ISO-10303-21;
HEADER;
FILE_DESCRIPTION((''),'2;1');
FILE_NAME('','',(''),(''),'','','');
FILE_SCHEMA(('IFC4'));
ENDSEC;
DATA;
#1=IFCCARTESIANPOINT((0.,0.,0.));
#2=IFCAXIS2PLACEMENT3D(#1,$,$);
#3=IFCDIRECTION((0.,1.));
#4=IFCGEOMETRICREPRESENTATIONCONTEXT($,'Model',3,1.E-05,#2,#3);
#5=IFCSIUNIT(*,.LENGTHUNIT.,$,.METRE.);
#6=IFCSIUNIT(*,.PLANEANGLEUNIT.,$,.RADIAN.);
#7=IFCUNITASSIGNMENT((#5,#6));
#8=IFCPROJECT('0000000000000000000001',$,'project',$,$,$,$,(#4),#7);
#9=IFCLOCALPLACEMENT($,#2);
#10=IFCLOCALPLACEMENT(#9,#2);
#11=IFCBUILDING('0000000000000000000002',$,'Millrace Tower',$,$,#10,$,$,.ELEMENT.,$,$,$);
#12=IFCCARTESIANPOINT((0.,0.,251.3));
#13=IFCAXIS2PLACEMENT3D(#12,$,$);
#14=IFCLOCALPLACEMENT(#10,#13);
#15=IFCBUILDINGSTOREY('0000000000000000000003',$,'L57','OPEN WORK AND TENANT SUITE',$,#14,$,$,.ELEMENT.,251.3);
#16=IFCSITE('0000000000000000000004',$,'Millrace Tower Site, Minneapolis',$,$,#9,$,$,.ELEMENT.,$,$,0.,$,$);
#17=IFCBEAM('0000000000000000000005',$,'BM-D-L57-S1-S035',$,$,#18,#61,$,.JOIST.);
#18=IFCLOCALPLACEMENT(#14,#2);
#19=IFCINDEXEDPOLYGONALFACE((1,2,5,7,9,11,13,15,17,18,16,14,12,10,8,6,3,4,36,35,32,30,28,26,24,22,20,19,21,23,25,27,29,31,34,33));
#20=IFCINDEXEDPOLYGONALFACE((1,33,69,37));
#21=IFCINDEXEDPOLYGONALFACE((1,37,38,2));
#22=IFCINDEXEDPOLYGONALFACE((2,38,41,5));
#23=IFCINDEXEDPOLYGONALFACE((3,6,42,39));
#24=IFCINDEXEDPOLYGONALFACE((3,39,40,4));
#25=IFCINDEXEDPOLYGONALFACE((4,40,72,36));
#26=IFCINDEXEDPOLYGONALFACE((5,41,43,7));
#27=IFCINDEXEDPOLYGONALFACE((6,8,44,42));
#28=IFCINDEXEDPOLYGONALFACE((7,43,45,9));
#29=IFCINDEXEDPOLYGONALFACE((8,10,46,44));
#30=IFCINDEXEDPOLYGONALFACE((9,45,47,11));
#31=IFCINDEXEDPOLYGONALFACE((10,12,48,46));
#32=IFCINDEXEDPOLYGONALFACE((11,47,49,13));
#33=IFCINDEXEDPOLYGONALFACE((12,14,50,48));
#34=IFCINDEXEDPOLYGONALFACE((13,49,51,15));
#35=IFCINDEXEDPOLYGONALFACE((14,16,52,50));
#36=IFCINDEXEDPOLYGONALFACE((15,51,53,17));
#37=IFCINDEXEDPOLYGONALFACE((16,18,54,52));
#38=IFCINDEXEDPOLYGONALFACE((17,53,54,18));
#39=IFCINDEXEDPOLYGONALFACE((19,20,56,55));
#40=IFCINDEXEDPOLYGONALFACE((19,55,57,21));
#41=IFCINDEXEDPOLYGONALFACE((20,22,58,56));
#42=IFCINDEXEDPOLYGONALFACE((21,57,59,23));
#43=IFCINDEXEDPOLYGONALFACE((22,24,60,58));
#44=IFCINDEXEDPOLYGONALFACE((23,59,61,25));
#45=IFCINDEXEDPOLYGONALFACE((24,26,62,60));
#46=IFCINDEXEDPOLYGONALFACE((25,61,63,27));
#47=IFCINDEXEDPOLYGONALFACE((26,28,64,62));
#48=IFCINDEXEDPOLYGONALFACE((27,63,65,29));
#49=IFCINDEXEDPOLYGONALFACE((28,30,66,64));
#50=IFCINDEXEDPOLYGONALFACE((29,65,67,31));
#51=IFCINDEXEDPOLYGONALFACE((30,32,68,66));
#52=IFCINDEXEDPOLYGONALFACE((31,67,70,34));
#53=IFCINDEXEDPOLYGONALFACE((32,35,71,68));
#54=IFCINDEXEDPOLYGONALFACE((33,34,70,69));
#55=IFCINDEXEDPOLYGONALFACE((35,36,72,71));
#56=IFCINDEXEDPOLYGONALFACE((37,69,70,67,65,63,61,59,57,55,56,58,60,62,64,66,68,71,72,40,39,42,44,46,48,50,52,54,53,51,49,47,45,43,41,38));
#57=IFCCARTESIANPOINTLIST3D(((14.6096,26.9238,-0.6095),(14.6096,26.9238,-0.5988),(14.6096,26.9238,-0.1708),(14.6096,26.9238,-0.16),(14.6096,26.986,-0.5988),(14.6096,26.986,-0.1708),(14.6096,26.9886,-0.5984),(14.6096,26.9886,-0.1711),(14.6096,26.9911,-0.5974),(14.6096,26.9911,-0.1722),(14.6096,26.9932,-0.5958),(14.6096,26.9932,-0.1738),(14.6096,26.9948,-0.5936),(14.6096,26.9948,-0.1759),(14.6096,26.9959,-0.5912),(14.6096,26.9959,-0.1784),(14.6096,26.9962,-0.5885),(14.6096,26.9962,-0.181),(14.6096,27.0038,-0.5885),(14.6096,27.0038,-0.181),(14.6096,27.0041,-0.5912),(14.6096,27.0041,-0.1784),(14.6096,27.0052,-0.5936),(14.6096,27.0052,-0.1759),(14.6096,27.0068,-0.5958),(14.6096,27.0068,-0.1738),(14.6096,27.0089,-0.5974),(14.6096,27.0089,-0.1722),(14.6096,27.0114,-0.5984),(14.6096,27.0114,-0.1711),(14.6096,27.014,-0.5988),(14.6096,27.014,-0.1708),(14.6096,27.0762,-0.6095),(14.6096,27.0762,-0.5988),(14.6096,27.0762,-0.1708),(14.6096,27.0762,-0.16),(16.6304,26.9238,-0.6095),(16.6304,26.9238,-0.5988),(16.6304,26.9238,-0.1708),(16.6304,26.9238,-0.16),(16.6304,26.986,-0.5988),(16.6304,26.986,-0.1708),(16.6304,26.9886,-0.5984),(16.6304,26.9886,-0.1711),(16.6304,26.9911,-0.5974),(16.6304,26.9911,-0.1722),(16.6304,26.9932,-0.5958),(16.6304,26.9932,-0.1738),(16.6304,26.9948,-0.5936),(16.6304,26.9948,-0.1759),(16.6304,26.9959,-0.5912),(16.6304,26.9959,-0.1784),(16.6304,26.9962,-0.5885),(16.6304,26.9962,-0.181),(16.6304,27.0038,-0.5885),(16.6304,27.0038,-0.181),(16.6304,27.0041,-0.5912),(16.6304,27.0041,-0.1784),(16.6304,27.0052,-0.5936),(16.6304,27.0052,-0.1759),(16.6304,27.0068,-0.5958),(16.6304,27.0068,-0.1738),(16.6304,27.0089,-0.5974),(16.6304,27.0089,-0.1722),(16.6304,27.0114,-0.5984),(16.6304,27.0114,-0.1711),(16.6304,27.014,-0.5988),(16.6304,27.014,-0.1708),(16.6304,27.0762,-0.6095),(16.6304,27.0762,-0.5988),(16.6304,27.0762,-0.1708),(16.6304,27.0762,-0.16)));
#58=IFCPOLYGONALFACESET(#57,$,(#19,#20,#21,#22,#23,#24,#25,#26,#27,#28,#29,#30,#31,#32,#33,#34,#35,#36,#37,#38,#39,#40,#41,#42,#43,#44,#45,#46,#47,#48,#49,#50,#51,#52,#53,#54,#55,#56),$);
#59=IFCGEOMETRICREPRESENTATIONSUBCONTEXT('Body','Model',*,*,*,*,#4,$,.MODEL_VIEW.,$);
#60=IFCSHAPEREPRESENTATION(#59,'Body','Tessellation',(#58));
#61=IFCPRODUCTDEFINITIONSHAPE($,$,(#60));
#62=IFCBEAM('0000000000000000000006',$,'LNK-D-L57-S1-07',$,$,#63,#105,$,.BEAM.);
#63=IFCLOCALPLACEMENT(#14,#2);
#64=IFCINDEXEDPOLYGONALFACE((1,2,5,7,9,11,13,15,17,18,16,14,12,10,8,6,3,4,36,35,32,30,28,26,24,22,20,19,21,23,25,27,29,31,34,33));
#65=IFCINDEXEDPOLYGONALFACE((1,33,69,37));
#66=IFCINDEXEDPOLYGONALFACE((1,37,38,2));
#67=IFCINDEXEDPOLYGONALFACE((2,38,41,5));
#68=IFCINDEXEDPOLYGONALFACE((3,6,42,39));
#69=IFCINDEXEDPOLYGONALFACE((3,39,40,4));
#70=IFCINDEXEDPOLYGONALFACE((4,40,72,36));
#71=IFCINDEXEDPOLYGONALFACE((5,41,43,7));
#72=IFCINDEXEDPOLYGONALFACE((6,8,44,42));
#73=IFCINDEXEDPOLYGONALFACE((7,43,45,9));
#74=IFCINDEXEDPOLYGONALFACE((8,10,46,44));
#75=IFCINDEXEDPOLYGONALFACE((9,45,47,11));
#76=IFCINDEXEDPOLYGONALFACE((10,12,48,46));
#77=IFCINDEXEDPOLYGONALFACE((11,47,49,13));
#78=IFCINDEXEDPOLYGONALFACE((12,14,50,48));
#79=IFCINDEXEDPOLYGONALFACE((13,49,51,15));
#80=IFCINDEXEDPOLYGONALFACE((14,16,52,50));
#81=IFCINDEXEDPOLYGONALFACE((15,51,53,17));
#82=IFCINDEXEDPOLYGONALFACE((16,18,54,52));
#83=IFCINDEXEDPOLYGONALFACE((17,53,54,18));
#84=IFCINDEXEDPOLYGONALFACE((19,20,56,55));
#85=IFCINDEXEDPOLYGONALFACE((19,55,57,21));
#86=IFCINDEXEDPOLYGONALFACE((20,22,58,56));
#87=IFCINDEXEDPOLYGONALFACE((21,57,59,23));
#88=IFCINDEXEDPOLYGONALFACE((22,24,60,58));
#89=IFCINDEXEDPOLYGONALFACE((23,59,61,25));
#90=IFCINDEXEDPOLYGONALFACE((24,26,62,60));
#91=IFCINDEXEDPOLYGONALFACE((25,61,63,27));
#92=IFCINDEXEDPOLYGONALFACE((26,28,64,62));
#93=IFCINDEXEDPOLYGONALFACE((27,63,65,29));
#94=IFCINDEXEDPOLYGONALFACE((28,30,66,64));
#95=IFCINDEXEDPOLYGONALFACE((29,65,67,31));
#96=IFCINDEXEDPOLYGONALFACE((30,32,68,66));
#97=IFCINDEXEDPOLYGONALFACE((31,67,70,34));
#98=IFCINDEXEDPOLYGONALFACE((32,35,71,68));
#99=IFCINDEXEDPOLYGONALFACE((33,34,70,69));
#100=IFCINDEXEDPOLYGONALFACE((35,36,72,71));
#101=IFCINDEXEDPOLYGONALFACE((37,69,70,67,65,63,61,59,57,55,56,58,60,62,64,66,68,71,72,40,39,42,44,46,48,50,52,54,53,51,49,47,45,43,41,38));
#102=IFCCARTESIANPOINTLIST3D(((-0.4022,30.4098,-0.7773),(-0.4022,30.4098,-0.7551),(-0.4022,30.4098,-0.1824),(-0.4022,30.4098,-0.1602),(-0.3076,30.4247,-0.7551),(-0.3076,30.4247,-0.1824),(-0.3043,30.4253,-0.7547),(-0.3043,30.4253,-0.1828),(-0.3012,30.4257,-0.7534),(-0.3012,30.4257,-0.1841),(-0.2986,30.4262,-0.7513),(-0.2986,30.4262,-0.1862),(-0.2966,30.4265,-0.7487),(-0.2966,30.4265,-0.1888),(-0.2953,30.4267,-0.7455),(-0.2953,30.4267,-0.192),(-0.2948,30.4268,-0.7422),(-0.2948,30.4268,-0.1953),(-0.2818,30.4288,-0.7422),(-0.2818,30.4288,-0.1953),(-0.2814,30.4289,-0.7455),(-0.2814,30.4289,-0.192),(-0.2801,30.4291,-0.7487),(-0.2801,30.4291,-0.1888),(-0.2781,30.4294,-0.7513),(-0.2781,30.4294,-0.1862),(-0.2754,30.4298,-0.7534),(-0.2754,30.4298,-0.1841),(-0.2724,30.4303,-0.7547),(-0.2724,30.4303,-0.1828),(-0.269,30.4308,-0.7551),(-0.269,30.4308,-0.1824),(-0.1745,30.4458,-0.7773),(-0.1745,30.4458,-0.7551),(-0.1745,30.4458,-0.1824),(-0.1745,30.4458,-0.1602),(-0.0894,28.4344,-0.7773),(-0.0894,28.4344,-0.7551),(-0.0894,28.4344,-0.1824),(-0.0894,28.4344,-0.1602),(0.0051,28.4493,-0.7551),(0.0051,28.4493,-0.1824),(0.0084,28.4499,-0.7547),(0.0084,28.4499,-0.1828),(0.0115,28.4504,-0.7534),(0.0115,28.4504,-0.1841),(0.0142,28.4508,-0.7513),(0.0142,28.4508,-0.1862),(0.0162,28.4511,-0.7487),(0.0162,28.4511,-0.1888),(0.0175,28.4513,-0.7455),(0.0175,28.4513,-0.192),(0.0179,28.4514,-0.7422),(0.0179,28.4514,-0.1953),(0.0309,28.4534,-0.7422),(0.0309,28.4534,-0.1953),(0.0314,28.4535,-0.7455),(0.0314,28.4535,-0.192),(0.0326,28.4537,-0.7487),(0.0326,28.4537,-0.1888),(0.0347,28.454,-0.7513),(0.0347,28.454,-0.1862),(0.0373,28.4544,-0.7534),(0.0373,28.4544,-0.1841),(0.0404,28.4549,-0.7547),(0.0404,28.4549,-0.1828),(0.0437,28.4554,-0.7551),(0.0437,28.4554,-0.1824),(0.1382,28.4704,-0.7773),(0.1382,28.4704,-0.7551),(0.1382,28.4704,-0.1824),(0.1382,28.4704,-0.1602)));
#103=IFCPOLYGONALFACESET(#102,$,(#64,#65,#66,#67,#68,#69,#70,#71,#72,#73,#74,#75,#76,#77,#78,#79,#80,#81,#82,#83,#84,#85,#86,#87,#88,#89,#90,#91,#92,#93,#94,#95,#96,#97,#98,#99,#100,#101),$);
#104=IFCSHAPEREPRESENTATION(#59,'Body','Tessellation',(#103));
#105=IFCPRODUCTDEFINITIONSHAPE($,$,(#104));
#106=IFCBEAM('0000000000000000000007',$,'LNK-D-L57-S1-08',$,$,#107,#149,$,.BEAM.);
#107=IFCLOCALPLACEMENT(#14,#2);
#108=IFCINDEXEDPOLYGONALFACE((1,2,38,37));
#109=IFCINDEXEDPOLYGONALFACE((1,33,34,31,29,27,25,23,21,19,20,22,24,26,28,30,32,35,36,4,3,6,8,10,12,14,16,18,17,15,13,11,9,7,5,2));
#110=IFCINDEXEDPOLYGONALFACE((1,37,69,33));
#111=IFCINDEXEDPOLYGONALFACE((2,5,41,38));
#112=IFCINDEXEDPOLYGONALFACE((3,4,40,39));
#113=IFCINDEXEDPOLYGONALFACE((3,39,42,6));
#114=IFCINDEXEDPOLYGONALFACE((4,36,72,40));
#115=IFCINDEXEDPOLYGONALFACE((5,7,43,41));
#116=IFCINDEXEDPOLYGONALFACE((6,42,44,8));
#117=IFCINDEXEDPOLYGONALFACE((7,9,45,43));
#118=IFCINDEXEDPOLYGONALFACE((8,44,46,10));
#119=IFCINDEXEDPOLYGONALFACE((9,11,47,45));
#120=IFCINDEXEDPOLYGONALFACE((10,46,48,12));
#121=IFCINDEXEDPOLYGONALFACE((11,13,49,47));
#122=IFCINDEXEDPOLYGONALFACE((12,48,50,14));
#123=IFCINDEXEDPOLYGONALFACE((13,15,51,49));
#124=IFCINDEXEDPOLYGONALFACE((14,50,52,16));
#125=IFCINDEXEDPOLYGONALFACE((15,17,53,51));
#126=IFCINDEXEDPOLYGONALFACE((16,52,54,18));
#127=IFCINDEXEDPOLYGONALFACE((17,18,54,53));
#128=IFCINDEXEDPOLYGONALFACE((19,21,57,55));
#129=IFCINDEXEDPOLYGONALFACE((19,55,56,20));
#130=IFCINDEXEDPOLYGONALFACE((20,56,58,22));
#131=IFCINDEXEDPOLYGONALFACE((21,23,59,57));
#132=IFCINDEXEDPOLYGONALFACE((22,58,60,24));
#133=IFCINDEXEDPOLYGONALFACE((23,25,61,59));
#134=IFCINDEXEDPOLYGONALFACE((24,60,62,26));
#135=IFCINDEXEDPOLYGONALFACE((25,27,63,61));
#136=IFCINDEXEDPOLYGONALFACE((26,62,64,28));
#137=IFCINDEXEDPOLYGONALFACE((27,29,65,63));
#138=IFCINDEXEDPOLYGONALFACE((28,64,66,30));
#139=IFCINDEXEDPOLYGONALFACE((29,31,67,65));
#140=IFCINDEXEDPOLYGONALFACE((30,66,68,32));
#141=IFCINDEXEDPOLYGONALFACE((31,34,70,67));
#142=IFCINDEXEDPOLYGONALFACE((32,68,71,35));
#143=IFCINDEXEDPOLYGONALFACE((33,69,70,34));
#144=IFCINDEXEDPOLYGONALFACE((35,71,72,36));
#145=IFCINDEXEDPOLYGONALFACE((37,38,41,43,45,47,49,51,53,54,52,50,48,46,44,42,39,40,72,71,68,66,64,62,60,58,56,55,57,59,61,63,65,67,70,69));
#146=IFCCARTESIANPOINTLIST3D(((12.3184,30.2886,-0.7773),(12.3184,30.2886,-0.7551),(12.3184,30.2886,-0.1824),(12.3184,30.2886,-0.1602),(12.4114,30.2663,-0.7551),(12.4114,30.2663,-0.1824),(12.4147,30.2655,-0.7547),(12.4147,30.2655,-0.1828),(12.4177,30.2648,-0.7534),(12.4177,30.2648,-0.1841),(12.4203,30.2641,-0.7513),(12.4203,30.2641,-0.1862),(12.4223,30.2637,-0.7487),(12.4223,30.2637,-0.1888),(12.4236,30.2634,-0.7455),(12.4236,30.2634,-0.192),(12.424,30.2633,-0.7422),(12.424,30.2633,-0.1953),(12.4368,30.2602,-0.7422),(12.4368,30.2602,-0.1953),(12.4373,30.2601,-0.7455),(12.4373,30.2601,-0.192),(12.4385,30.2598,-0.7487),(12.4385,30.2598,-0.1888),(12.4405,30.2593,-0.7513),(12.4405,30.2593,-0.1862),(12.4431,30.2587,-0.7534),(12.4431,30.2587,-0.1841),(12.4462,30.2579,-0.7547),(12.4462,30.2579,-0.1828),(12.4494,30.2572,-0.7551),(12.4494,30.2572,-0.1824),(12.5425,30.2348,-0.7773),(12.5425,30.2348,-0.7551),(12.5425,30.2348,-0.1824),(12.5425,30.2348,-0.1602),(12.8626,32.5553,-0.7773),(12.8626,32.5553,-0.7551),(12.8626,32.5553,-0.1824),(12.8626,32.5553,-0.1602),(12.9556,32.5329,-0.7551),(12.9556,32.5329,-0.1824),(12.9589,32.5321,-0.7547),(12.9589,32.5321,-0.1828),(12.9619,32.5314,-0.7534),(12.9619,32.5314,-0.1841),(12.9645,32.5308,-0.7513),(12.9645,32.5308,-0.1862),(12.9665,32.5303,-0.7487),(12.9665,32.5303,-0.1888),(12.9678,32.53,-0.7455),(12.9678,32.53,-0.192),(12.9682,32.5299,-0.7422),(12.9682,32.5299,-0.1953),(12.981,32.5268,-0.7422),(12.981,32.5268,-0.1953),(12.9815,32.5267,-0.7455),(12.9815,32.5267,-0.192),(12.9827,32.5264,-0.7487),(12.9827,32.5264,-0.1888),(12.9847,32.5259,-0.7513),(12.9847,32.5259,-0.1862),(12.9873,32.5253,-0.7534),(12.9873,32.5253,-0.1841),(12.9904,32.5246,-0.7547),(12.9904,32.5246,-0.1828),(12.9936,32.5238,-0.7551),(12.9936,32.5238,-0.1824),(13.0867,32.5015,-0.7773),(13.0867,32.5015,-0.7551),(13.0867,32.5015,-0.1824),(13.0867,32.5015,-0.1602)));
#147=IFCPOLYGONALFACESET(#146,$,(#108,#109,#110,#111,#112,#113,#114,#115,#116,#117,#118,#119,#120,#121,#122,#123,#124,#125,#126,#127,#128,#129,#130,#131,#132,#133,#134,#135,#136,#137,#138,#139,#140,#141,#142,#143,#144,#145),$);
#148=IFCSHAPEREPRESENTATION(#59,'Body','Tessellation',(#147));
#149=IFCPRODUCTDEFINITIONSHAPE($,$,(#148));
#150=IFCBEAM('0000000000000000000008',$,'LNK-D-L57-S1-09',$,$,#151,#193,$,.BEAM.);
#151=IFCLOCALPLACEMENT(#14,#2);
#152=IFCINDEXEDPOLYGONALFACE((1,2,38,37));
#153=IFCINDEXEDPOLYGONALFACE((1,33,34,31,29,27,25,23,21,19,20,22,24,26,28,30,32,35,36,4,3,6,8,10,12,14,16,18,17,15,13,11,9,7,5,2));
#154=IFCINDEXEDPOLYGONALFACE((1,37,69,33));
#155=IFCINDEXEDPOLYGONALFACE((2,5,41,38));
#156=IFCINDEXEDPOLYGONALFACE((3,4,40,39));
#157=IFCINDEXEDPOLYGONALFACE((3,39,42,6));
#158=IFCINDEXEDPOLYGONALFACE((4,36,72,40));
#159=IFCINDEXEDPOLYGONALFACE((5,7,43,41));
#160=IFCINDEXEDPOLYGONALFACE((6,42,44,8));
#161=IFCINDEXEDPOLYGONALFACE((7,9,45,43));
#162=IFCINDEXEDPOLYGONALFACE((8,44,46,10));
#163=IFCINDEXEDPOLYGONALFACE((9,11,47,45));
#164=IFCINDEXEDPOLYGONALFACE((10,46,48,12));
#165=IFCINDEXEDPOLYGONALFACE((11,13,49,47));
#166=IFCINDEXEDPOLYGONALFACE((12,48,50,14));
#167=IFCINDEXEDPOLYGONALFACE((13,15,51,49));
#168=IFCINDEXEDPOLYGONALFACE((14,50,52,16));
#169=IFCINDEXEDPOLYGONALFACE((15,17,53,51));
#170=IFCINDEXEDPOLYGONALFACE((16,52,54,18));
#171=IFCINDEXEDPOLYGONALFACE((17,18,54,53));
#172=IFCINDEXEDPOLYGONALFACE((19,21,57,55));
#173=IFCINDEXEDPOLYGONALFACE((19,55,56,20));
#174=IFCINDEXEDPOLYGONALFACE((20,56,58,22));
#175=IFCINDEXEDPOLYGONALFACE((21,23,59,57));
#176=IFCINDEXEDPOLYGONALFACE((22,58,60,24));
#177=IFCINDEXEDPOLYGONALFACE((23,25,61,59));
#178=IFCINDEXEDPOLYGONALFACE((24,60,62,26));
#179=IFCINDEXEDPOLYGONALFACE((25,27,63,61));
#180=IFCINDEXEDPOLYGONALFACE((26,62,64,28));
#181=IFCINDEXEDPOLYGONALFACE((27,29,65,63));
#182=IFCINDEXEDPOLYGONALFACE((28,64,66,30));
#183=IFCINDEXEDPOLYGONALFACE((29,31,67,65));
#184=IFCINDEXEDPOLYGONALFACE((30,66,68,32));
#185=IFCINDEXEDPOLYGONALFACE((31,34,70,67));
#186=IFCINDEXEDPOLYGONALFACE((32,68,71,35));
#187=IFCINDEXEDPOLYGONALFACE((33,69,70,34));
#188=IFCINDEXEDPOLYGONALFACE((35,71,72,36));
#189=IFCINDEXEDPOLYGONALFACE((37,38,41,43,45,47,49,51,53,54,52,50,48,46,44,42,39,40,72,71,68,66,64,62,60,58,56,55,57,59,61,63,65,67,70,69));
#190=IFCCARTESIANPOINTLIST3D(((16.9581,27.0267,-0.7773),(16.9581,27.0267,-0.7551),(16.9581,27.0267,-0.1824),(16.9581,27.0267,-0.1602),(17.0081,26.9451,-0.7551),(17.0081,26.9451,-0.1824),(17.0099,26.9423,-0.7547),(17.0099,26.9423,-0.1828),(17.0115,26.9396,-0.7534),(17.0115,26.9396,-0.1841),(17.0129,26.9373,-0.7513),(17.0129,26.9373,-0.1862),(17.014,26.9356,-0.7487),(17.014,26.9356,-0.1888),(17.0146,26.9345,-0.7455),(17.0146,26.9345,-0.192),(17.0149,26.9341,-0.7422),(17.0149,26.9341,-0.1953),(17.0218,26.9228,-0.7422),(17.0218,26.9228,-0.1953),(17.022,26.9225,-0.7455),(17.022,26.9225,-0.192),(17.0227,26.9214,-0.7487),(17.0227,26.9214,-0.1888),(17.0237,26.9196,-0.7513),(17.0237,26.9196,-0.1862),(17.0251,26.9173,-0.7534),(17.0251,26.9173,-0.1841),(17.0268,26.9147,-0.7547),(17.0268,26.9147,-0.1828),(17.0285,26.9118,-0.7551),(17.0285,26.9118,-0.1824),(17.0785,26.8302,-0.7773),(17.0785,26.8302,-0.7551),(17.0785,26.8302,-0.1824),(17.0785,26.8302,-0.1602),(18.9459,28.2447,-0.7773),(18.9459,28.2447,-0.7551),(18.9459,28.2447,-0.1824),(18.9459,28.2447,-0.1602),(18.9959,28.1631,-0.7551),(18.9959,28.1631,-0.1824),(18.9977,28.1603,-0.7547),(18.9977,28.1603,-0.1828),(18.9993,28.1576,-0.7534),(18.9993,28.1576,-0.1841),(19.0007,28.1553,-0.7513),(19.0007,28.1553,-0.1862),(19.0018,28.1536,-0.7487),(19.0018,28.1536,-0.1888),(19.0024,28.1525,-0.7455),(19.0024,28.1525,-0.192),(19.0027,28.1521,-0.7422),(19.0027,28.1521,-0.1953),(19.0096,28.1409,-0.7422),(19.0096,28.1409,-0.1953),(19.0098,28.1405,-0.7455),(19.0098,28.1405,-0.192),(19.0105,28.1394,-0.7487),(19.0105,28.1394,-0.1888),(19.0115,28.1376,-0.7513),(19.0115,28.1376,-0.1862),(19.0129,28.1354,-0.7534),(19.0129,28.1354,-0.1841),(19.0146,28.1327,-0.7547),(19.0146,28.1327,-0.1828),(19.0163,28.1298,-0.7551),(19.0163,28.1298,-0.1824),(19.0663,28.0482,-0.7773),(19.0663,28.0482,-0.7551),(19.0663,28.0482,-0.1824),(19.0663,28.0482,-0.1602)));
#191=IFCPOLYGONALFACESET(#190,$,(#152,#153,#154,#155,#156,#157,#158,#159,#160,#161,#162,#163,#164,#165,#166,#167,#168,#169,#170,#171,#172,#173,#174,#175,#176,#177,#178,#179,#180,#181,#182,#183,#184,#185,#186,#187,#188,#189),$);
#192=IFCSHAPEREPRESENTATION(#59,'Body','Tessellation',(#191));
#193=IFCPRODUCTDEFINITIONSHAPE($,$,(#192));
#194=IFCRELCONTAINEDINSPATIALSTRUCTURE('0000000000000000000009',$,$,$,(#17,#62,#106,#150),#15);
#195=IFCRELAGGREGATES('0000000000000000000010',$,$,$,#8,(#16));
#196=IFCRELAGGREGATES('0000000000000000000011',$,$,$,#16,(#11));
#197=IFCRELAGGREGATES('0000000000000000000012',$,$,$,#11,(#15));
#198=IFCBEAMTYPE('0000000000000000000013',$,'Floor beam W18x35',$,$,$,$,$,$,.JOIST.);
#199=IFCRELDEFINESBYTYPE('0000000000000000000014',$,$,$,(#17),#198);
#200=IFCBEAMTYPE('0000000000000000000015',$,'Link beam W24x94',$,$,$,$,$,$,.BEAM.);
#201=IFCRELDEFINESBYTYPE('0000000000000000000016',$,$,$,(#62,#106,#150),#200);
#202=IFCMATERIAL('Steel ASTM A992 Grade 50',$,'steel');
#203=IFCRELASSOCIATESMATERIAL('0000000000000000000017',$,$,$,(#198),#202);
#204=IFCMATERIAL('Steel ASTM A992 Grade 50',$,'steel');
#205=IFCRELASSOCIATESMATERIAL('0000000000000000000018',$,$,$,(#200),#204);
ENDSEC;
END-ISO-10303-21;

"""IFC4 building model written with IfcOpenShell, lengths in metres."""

from ifc_helpers import new_model, si_unit, direction, frame, origin, origin_2d, place, context, subcontext, project, spatial, i_section, extrude, material, material_profile, profile_set, type_object, element, save


model = new_model("IFC4")

# Units and contexts
model_context = context("Model", 3, precision=1e-05, world=origin(), true_north=direction((0.0, 1.0)))
body_context = subcontext(model_context, "Body", "Model", "MODEL_VIEW")
ifc_project = project(units=[si_unit("LENGTHUNIT", "METRE"), si_unit("PLANEANGLEUNIT", "RADIAN")], contexts=[model_context])

# Site, building, storey
site_placement = place(None, origin())
site = spatial("IfcSite", under=ifc_project, at=site_placement, Name="Millrace Tower Site, Minneapolis", CompositionType="ELEMENT", RefElevation=0.0)
building_placement = place(site_placement, origin())
building = spatial("IfcBuilding", under=site, at=building_placement, Name="Millrace Tower", CompositionType="ELEMENT")
storey_placement = place(building_placement, frame((0.0, 0.0, 251.3)))
storey = spatial("IfcBuildingStorey", under=building, at=storey_placement, Name="L57", Description="OPEN WORK AND TENANT SUITE", CompositionType="ELEMENT", Elevation=251.3)

# Beams
ifc_material_1 = material(Name="Steel ASTM A992 Grade 50", Category="steel")
ifc_material_profile_1 = material_profile(ifc_material_1, i_section(OverallWidth=0.1523, OverallDepth=0.4495, WebThickness=0.0076, FlangeThickness=0.0107, FilletRadius=0.0103, at=origin_2d()))
ifc_profile_set_1 = profile_set([ifc_material_profile_1], Name="Steel ASTM A992 Grade 50")
beam_type_1 = type_object("IfcBeamType", Name="Floor beam W18x35", PredefinedType="JOIST", material=ifc_profile_set_1)
beam_1_placement = place(storey_placement, frame((14.6096, 27.0, -0.3848), z_axis=(1.0, 0.0, 0.0), x_axis=(0.0, 1.0, 0.0)))
element("IfcBeam", 1, at=beam_1_placement, inside=storey, type_object=beam_type_1, Name="BM-D-L57-S1-S035", PredefinedType="JOIST", context=body_context, shape_type="SweptSolid", body=[
    extrude(i_section(OverallWidth=0.1523, OverallDepth=0.4495, WebThickness=0.0076, FlangeThickness=0.0107, FilletRadius=0.0103, at=origin_2d()), origin(), (0.0, 0.0, 1.0), 2.0208),
])
ifc_material_2 = material(Name="Steel ASTM A992 Grade 50", Category="steel")
ifc_material_profile_2 = material_profile(ifc_material_2, i_section(OverallWidth=0.2305, OverallDepth=0.6172, WebThickness=0.0132, FlangeThickness=0.0222, FilletRadius=0.0129, at=origin_2d()))
ifc_profile_set_2 = profile_set([ifc_material_profile_2], Name="Steel ASTM A992 Grade 50")
beam_type_2 = type_object("IfcBeamType", Name="Link beam W24x94", PredefinedType="BEAM", material=ifc_profile_set_2)
beam_2_placement = place(storey_placement, frame((0.0244, 28.4524, -0.4688), z_axis=(-0.156376, 0.987698, 0.0), x_axis=(-0.987698, -0.156376, 0.0)))
element("IfcBeam", 2, at=beam_2_placement, inside=storey, type_object=beam_type_2, Name="LNK-D-L57-S1-07", PredefinedType="BEAM", context=body_context, shape_type="SweptSolid", body=[
    extrude(i_section(OverallWidth=0.2305, OverallDepth=0.6172, WebThickness=0.0132, FlangeThickness=0.0222, FilletRadius=0.0129, at=origin_2d()), origin(), (0.0, 0.0, 1.0), 2.0),
])
beam_3_placement = place(storey_placement, frame((12.4304, 30.2617, -0.4688), z_axis=(0.233456, 0.972367, 0.0), x_axis=(-0.972367, 0.233456, 0.0)))
element("IfcBeam", 3, at=beam_3_placement, inside=storey, type_object=beam_type_2, Name="LNK-D-L57-S1-08", PredefinedType="BEAM", context=body_context, shape_type="SweptSolid", body=[
    extrude(i_section(OverallWidth=0.2305, OverallDepth=0.6172, WebThickness=0.0132, FlangeThickness=0.0222, FilletRadius=0.0129, at=origin_2d()), origin(), (0.0, 0.0, 1.0), 2.3311),
])
beam_4_placement = place(storey_placement, frame((17.0183, 26.9285, -0.4688), z_axis=(0.85266, 0.522466, 0.0), x_axis=(-0.522466, 0.85266, 0.0)))
element("IfcBeam", 4, at=beam_4_placement, inside=storey, type_object=beam_type_2, Name="LNK-D-L57-S1-09", PredefinedType="BEAM", context=body_context, shape_type="SweptSolid", body=[
    extrude(i_section(OverallWidth=0.2305, OverallDepth=0.6172, WebThickness=0.0132, FlangeThickness=0.0222, FilletRadius=0.0129, at=origin_2d()), origin(), (0.0, 0.0, 1.0), 2.3313),
])

save(model, "model.ifc")
